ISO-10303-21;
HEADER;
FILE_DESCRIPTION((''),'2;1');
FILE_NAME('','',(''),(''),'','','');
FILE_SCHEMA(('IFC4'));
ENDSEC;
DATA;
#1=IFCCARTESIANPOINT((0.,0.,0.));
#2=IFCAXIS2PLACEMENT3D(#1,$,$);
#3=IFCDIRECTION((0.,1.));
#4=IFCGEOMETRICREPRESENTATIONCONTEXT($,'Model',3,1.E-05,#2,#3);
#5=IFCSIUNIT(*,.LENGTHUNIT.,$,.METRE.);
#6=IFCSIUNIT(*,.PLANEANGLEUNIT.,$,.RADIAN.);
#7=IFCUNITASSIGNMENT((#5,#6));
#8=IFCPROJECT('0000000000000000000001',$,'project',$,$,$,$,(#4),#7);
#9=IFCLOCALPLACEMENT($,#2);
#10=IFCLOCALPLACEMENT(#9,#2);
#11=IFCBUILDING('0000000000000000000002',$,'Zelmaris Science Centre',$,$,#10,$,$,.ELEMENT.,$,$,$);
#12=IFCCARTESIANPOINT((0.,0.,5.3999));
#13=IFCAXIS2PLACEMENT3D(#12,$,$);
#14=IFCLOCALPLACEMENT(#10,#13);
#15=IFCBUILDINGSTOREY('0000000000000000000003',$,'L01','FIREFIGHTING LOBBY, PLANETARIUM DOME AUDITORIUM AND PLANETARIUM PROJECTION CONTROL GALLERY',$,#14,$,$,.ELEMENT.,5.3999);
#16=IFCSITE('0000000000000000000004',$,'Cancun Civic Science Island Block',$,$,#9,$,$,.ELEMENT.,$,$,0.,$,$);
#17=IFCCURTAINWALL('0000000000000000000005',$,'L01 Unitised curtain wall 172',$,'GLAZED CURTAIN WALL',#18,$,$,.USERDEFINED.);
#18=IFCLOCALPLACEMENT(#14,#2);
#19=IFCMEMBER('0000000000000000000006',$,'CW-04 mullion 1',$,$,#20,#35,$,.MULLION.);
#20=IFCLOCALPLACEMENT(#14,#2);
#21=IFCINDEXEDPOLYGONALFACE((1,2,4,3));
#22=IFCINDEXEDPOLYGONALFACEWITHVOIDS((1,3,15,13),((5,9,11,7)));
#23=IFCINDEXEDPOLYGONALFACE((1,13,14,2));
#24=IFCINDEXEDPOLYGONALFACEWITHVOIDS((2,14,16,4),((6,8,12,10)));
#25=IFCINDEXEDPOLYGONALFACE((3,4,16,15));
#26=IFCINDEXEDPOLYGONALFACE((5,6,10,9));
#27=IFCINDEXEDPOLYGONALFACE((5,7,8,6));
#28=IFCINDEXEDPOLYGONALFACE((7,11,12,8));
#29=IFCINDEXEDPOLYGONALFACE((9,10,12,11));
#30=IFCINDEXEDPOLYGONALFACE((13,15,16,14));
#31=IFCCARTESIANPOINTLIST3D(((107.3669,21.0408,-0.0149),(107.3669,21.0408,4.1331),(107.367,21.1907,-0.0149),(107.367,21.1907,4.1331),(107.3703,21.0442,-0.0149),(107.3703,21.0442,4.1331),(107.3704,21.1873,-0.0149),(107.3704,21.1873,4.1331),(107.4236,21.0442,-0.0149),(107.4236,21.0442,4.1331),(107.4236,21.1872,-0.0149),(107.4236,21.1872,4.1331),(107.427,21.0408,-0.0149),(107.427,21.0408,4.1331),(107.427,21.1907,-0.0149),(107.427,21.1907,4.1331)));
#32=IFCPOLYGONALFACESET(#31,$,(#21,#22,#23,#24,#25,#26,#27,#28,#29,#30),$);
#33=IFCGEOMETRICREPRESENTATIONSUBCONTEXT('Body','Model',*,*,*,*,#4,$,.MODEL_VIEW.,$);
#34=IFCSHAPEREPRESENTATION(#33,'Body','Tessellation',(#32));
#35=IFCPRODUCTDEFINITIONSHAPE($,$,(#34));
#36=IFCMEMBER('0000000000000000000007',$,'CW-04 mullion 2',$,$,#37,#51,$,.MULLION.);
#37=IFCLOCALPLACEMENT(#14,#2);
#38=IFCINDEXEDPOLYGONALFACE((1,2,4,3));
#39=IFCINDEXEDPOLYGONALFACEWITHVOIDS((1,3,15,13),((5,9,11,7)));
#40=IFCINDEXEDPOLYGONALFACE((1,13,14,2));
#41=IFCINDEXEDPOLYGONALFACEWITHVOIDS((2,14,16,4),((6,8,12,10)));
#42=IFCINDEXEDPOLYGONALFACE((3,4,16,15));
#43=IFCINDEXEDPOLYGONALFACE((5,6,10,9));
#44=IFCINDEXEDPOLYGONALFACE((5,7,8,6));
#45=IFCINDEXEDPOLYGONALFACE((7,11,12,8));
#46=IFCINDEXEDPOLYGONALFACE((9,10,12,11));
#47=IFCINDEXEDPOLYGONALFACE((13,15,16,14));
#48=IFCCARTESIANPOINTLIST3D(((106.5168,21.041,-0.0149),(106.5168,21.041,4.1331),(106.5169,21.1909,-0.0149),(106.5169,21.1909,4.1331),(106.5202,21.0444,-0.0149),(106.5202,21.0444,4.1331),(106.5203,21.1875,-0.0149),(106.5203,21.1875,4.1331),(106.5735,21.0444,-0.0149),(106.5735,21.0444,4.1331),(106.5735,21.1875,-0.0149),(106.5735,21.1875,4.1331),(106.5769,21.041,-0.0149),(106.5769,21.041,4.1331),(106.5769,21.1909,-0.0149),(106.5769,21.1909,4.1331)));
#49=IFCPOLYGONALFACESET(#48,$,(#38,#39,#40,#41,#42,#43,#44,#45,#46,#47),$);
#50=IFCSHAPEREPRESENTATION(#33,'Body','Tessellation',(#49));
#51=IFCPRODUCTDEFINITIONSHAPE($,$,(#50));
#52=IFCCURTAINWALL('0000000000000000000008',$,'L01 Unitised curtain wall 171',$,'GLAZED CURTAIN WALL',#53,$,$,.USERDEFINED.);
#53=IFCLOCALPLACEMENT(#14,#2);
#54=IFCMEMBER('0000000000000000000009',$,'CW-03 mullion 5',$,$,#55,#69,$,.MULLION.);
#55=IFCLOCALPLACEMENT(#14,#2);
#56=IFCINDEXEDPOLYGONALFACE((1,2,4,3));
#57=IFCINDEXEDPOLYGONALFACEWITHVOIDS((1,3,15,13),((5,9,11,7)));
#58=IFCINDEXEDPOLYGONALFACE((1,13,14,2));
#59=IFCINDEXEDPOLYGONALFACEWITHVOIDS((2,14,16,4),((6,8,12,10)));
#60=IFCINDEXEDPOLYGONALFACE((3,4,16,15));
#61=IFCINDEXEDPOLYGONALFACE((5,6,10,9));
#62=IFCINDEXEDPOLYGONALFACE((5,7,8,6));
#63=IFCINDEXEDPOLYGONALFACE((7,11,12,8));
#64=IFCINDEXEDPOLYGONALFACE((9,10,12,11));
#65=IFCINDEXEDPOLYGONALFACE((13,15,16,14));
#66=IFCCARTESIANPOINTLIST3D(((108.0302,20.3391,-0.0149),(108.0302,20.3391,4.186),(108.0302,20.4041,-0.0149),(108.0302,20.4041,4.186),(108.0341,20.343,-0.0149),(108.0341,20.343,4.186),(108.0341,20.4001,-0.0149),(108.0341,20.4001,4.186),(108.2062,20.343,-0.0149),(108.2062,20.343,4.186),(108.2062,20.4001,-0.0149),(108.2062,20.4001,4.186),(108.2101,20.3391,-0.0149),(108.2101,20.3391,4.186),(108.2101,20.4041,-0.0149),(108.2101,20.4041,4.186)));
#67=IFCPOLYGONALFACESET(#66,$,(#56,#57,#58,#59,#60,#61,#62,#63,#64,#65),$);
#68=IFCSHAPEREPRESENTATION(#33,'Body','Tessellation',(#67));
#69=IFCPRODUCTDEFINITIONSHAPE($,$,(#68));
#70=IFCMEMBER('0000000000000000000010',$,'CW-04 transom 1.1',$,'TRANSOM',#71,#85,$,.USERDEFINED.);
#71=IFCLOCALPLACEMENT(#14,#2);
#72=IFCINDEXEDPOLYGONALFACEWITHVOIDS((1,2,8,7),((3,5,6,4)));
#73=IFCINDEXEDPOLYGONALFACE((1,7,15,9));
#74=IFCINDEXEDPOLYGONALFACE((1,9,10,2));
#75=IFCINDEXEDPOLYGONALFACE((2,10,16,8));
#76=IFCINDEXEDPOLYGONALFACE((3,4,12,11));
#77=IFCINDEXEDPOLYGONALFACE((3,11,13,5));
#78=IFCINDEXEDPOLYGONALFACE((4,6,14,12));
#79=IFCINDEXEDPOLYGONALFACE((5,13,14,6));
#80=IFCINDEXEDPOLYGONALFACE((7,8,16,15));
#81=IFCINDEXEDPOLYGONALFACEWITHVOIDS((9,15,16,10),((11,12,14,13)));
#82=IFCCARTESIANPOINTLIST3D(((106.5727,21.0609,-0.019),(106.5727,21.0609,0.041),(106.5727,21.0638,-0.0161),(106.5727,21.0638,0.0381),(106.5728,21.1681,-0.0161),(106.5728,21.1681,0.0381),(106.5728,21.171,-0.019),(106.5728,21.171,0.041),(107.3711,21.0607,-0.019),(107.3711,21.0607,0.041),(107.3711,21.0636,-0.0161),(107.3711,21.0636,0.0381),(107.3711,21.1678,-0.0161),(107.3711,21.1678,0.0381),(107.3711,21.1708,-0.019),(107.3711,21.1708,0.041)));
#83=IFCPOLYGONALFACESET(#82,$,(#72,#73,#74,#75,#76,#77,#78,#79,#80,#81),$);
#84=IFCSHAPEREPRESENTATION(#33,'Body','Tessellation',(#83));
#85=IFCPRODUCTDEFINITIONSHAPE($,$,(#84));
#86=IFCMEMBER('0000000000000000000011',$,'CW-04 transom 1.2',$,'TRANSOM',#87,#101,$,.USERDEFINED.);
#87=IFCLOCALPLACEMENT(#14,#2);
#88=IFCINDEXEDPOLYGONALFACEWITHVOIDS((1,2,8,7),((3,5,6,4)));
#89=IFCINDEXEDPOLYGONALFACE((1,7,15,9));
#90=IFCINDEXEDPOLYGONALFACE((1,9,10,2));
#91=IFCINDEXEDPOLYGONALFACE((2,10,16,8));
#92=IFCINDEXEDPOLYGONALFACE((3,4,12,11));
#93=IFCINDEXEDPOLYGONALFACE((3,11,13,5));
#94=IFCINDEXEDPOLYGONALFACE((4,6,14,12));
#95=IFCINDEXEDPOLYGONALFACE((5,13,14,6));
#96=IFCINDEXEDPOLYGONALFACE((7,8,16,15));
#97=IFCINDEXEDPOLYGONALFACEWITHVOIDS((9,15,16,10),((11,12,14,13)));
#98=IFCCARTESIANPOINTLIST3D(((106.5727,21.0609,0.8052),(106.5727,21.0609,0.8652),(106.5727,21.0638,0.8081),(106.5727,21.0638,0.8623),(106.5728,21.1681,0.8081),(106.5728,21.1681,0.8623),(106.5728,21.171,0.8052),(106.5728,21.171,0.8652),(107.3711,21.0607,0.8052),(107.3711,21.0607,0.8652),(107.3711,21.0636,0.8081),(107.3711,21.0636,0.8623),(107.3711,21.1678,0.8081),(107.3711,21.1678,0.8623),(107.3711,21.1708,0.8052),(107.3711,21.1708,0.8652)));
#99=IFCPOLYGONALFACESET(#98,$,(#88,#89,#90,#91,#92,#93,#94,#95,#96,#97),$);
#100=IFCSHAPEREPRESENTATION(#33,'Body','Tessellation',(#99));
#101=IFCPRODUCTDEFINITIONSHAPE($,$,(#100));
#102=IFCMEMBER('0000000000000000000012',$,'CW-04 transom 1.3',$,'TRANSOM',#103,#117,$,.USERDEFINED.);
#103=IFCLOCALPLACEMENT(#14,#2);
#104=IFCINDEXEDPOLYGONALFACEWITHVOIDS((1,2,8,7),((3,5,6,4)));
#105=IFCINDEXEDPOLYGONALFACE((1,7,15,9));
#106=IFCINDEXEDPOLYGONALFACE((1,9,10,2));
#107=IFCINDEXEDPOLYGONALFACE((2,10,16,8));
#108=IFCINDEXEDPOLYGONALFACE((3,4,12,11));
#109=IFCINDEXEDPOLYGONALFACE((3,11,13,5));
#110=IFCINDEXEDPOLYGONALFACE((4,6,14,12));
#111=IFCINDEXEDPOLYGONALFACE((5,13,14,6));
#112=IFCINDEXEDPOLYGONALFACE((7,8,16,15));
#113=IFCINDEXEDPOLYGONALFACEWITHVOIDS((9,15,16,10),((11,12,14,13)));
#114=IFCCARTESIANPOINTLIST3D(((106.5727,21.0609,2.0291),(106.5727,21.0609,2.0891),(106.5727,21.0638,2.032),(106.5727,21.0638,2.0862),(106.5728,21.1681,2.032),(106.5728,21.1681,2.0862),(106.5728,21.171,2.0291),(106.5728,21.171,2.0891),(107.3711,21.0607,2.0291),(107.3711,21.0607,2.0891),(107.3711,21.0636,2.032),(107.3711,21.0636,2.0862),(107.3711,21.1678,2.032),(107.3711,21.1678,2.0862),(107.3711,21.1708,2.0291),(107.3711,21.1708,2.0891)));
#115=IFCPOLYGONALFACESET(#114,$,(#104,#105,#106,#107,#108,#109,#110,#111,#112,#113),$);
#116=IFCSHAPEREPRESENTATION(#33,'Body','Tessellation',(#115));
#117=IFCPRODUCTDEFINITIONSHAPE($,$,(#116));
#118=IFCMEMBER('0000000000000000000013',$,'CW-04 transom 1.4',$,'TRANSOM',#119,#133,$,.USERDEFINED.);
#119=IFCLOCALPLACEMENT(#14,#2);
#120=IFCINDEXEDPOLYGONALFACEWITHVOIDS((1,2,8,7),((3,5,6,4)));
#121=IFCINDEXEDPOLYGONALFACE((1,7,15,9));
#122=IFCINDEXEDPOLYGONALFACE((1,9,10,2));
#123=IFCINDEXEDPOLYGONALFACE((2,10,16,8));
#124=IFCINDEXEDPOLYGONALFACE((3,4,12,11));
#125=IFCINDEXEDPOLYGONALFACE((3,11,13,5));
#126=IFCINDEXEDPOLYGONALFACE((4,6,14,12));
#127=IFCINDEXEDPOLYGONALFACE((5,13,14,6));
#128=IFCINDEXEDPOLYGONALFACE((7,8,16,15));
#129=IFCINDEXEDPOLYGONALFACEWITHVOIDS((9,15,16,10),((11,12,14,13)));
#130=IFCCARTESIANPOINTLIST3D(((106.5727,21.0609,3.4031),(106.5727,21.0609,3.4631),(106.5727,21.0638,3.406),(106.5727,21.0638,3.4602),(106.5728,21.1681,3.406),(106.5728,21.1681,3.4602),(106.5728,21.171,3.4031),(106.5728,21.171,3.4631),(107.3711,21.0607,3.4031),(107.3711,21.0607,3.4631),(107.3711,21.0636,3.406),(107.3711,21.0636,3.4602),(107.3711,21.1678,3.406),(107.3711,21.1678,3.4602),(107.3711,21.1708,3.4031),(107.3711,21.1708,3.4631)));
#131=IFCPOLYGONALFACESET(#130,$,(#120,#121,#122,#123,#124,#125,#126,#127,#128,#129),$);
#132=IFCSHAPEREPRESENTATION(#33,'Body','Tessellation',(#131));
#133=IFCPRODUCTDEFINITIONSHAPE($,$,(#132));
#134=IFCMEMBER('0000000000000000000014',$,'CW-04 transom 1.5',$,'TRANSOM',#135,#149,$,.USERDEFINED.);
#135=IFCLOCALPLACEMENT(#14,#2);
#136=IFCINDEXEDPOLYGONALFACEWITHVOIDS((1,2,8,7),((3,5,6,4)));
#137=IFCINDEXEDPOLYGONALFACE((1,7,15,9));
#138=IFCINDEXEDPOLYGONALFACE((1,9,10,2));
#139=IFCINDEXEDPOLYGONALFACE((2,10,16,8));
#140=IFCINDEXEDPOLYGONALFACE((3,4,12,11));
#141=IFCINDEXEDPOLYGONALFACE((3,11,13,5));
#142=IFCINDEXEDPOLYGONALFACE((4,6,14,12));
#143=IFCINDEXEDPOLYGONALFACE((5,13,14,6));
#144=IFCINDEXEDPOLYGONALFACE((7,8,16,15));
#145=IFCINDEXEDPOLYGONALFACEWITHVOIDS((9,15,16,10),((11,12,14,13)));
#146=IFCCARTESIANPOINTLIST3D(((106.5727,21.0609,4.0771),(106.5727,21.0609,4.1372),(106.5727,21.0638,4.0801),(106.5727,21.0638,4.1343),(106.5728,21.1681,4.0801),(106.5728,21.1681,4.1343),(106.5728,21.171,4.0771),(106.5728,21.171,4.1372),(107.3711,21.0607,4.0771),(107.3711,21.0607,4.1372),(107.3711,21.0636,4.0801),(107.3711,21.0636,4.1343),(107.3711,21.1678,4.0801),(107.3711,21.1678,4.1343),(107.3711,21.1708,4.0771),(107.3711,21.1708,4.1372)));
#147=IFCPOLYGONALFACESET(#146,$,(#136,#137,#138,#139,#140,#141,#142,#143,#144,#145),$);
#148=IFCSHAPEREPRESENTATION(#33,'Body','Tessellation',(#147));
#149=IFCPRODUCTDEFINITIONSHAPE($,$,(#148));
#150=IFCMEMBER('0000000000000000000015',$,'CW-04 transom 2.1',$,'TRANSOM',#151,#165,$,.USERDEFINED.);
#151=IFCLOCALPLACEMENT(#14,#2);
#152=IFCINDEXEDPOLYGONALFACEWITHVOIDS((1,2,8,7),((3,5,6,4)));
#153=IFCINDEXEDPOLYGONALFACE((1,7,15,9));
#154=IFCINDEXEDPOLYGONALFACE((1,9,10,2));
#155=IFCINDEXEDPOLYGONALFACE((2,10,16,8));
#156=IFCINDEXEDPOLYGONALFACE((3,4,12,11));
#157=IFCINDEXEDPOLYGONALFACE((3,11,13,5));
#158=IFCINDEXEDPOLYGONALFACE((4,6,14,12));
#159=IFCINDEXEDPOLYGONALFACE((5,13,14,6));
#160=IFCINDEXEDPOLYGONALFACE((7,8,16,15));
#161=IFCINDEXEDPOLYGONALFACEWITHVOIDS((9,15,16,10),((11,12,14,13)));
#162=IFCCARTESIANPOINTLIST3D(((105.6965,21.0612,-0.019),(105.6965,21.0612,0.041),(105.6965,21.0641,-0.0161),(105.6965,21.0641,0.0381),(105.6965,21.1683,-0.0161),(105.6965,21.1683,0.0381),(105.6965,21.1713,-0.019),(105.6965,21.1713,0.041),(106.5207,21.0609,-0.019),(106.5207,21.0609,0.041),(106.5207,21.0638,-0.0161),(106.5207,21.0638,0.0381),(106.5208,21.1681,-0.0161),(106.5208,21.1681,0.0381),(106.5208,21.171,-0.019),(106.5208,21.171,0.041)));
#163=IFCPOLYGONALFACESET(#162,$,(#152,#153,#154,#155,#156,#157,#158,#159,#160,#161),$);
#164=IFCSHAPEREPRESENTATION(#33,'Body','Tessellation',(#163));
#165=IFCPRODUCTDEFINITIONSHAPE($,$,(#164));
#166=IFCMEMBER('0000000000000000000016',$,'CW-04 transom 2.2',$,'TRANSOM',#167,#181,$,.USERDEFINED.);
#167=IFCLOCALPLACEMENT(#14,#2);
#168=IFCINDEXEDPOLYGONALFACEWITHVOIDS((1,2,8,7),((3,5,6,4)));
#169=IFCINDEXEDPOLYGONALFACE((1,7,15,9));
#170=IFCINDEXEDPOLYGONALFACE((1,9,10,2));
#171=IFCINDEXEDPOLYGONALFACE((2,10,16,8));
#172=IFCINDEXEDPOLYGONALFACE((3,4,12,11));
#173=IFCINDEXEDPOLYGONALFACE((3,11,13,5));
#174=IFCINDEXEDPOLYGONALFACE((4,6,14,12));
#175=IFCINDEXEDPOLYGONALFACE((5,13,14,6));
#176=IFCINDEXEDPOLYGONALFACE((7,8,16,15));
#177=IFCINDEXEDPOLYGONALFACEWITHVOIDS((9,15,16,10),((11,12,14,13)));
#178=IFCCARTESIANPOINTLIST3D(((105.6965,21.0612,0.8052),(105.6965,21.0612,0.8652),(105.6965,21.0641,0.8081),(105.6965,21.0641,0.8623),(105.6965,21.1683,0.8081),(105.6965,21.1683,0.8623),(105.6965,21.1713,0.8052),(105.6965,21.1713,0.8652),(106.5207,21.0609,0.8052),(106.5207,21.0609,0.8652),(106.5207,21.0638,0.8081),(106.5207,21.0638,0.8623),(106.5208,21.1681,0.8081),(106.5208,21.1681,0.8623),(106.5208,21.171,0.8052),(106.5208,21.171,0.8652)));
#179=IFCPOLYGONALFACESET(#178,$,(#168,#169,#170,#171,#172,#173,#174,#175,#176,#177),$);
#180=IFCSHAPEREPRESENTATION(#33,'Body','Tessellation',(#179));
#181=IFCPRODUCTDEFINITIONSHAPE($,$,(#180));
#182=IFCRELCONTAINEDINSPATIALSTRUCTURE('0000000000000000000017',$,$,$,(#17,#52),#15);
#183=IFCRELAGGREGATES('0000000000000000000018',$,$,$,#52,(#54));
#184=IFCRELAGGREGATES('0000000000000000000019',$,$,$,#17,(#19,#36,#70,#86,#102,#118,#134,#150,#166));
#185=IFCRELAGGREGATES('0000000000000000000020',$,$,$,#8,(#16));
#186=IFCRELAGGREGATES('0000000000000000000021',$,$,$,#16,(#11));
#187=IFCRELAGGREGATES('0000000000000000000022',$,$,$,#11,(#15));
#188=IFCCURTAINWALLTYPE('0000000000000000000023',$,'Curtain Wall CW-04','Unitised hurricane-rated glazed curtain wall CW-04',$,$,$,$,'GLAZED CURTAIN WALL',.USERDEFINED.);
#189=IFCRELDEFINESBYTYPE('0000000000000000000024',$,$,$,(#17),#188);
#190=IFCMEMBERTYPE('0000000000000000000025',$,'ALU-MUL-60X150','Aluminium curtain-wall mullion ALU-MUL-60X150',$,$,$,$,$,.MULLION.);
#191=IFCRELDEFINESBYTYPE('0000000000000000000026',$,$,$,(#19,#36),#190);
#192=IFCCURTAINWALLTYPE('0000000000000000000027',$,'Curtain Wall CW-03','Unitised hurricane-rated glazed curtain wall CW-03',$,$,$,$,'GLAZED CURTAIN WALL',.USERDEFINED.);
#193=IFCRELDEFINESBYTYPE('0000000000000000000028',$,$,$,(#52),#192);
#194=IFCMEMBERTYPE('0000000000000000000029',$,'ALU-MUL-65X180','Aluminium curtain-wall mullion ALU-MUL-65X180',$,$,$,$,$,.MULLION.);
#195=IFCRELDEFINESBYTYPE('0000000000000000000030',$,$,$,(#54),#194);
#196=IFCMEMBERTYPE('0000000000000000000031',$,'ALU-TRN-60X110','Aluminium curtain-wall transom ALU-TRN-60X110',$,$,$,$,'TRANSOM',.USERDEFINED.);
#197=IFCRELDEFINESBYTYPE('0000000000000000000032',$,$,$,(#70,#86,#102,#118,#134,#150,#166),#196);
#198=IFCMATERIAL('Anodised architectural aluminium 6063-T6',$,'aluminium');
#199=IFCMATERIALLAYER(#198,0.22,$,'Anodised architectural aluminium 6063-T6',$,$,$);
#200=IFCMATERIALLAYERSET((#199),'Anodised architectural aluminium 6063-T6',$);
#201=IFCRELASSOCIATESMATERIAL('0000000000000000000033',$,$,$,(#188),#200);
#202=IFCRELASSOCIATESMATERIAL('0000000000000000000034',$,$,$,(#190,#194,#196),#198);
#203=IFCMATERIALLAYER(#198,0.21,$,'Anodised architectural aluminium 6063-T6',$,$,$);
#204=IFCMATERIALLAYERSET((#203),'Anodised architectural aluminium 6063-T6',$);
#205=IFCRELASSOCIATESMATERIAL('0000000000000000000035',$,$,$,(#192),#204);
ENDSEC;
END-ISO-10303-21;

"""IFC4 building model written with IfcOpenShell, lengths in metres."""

from ifc_helpers import new_model, si_unit, direction, frame, origin, origin_2d, place, context, subcontext, project, spatial, hollow_rectangle, extrude, material, layer, layer_set, material_profile, profile_set, type_object, element, aggregate, save


model = new_model("IFC4")

# Units and contexts
model_context = context("Model", 3, precision=1e-05, world=origin(), true_north=direction((0.0, 1.0)))
body_context = subcontext(model_context, "Body", "Model", "MODEL_VIEW")
ifc_project = project(units=[si_unit("LENGTHUNIT", "METRE"), si_unit("PLANEANGLEUNIT", "RADIAN")], contexts=[model_context])

# Site, building, storey
site_placement = place(None, origin())
site = spatial("IfcSite", under=ifc_project, at=site_placement, Name="Cancun Civic Science Island Block", CompositionType="ELEMENT", RefElevation=0.0)
building_placement = place(site_placement, origin())
building = spatial("IfcBuilding", under=site, at=building_placement, Name="Zelmaris Science Centre", CompositionType="ELEMENT")
storey_placement = place(building_placement, frame((0.0, 0.0, 5.3999)))
storey = spatial("IfcBuildingStorey", under=building, at=storey_placement, Name="L01", Description="FIREFIGHTING LOBBY, PLANETARIUM DOME AUDITORIUM AND PLANETARIUM PROJECTION CONTROL GALLERY", CompositionType="ELEMENT", Elevation=5.3999)

# Curtain wall, members
ifc_material_1 = material(Name="Anodised architectural aluminium 6063-T6", Category="aluminium")
ifc_layer_1 = layer(ifc_material_1, 0.22, Name="Anodised architectural aluminium 6063-T6")
ifc_layer_set_1 = layer_set([ifc_layer_1], Name="Anodised architectural aluminium 6063-T6")
curtain_wall_type_1 = type_object("IfcCurtainWallType", Name="Curtain Wall CW-04", Description="Unitised hurricane-rated glazed curtain wall CW-04", ElementType="GLAZED CURTAIN WALL", PredefinedType="USERDEFINED", material=ifc_layer_set_1)
curtain_wall_1_placement = place(storey_placement, origin())
curtain_wall_1 = element("IfcCurtainWall", 1, at=curtain_wall_1_placement, inside=storey, type_object=curtain_wall_type_1, Name="L01 Unitised curtain wall 172", ObjectType="GLAZED CURTAIN WALL", PredefinedType="USERDEFINED")
ifc_material_profile_1 = material_profile(ifc_material_1, hollow_rectangle(XDim=0.0601, YDim=0.1499, WallThickness=0.0034, at=origin_2d()), Name="ALU-MUL-60X150")
ifc_profile_set_1 = profile_set([ifc_material_profile_1], Name="Anodised architectural aluminium 6063-T6")
member_type_1 = type_object("IfcMemberType", Name="ALU-MUL-60X150", Description="Aluminium curtain-wall mullion ALU-MUL-60X150", PredefinedType="MULLION", material=ifc_profile_set_1)
member_1_placement = place(storey_placement, frame((107.397, 21.1157, -0.0149), z_axis=(0.0, 0.0, 1.0), x_axis=(-1.0, 0.000321, 0.0)))
member_1 = element("IfcMember", 2, at=member_1_placement, type_object=member_type_1, Name="CW-04 mullion 1", PredefinedType="MULLION", context=body_context, shape_type="SweptSolid", body=[
    extrude(hollow_rectangle(XDim=0.0601, YDim=0.1499, WallThickness=0.0034, at=origin_2d()), origin(), (0.0, 0.0, 1.0), 4.1479),
])
member_2_placement = place(storey_placement, frame((106.5469, 21.116, -0.0149), z_axis=(0.0, 0.0, 1.0), x_axis=(-1.0, 0.000321, 0.0)))
member_2 = element("IfcMember", 3, at=member_2_placement, type_object=member_type_1, Name="CW-04 mullion 2", PredefinedType="MULLION", context=body_context, shape_type="SweptSolid", body=[
    extrude(hollow_rectangle(XDim=0.0601, YDim=0.1499, WallThickness=0.0034, at=origin_2d()), origin(), (0.0, 0.0, 1.0), 4.1479),
])

# Curtain wall, member
ifc_layer_2 = layer(ifc_material_1, 0.21, Name="Anodised architectural aluminium 6063-T6")
ifc_layer_set_2 = layer_set([ifc_layer_2], Name="Anodised architectural aluminium 6063-T6")
curtain_wall_type_2 = type_object("IfcCurtainWallType", Name="Curtain Wall CW-03", Description="Unitised hurricane-rated glazed curtain wall CW-03", ElementType="GLAZED CURTAIN WALL", PredefinedType="USERDEFINED", material=ifc_layer_set_2)
curtain_wall_2_placement = place(storey_placement, origin())
curtain_wall_2 = element("IfcCurtainWall", 4, at=curtain_wall_2_placement, inside=storey, type_object=curtain_wall_type_2, Name="L01 Unitised curtain wall 171", ObjectType="GLAZED CURTAIN WALL", PredefinedType="USERDEFINED")
ifc_material_profile_2 = material_profile(ifc_material_1, hollow_rectangle(XDim=0.0649, YDim=0.1799, WallThickness=0.0039, at=origin_2d()), Name="ALU-MUL-65X180")
ifc_profile_set_2 = profile_set([ifc_material_profile_2], Name="Anodised architectural aluminium 6063-T6")
member_type_2 = type_object("IfcMemberType", Name="ALU-MUL-65X180", Description="Aluminium curtain-wall mullion ALU-MUL-65X180", PredefinedType="MULLION", material=ifc_profile_set_2)
member_3_placement = place(storey_placement, frame((108.1201, 20.3716, -0.0149), z_axis=(0.0, 0.0, 1.0), x_axis=(-0.000005, 1.0, 0.0)))
member_3 = element("IfcMember", 5, at=member_3_placement, type_object=member_type_2, Name="CW-03 mullion 5", PredefinedType="MULLION", context=body_context, shape_type="SweptSolid", body=[
    extrude(hollow_rectangle(XDim=0.0649, YDim=0.1799, WallThickness=0.0039, at=origin_2d()), origin(), (0.0, 0.0, 1.0), 4.2009),
])
aggregate(curtain_wall_2, [member_3])

# Members
ifc_material_profile_3 = material_profile(ifc_material_1, hollow_rectangle(XDim=0.0601, YDim=0.1101, WallThickness=0.0029, at=origin_2d()), Name="ALU-TRN-60X110")
ifc_profile_set_3 = profile_set([ifc_material_profile_3], Name="Anodised architectural aluminium 6063-T6")
member_type_3 = type_object("IfcMemberType", Name="ALU-TRN-60X110", Description="Aluminium curtain-wall transom ALU-TRN-60X110", ElementType="TRANSOM", PredefinedType="USERDEFINED", material=ifc_profile_set_3)
member_4_placement = place(storey_placement, frame((107.3711, 21.1157, 0.011), z_axis=(-1.0, 0.000306, 0.0), x_axis=(0.0, 0.0, 1.0)))
member_4 = element("IfcMember", 6, at=member_4_placement, type_object=member_type_3, Name="CW-04 transom 1.1", ObjectType="TRANSOM", PredefinedType="USERDEFINED", context=body_context, shape_type="SweptSolid", body=[
    extrude(hollow_rectangle(XDim=0.0601, YDim=0.1101, WallThickness=0.0029, at=origin_2d()), origin(), (0.0, 0.0, 1.0), 0.7983),
])
member_5_placement = place(storey_placement, frame((107.3711, 21.1157, 0.8352), z_axis=(-1.0, 0.000306, 0.0), x_axis=(0.0, 0.0, 1.0)))
member_5 = element("IfcMember", 7, at=member_5_placement, type_object=member_type_3, Name="CW-04 transom 1.2", ObjectType="TRANSOM", PredefinedType="USERDEFINED", context=body_context, shape_type="SweptSolid", body=[
    extrude(hollow_rectangle(XDim=0.0601, YDim=0.1101, WallThickness=0.0029, at=origin_2d()), origin(), (0.0, 0.0, 1.0), 0.7983),
])
member_6_placement = place(storey_placement, frame((107.3711, 21.1157, 2.0591), z_axis=(-1.0, 0.000306, 0.0), x_axis=(0.0, 0.0, 1.0)))
member_6 = element("IfcMember", 8, at=member_6_placement, type_object=member_type_3, Name="CW-04 transom 1.3", ObjectType="TRANSOM", PredefinedType="USERDEFINED", context=body_context, shape_type="SweptSolid", body=[
    extrude(hollow_rectangle(XDim=0.0601, YDim=0.1101, WallThickness=0.0029, at=origin_2d()), origin(), (0.0, 0.0, 1.0), 0.7983),
])
member_7_placement = place(storey_placement, frame((107.3711, 21.1157, 3.4331), z_axis=(-1.0, 0.000306, 0.0), x_axis=(0.0, 0.0, 1.0)))
member_7 = element("IfcMember", 9, at=member_7_placement, type_object=member_type_3, Name="CW-04 transom 1.4", ObjectType="TRANSOM", PredefinedType="USERDEFINED", context=body_context, shape_type="SweptSolid", body=[
    extrude(hollow_rectangle(XDim=0.0601, YDim=0.1101, WallThickness=0.0029, at=origin_2d()), origin(), (0.0, 0.0, 1.0), 0.7983),
])
member_8_placement = place(storey_placement, frame((107.3711, 21.1157, 4.1072), z_axis=(-1.0, 0.000306, 0.0), x_axis=(0.0, 0.0, 1.0)))
member_8 = element("IfcMember", 10, at=member_8_placement, type_object=member_type_3, Name="CW-04 transom 1.5", ObjectType="TRANSOM", PredefinedType="USERDEFINED", context=body_context, shape_type="SweptSolid", body=[
    extrude(hollow_rectangle(XDim=0.0601, YDim=0.1101, WallThickness=0.0029, at=origin_2d()), origin(), (0.0, 0.0, 1.0), 0.7983),
])
member_9_placement = place(storey_placement, frame((106.5208, 21.116, 0.011), z_axis=(-1.0, 0.000296, 0.0), x_axis=(0.0, 0.0, 1.0)))
member_9 = element("IfcMember", 11, at=member_9_placement, type_object=member_type_3, Name="CW-04 transom 2.1", ObjectType="TRANSOM", PredefinedType="USERDEFINED", context=body_context, shape_type="SweptSolid", body=[
    extrude(hollow_rectangle(XDim=0.0601, YDim=0.1101, WallThickness=0.0029, at=origin_2d()), origin(), (0.0, 0.0, 1.0), 0.8242),
])
member_10_placement = place(storey_placement, frame((106.5208, 21.116, 0.8352), z_axis=(-1.0, 0.000296, 0.0), x_axis=(0.0, 0.0, 1.0)))
member_10 = element("IfcMember", 12, at=member_10_placement, type_object=member_type_3, Name="CW-04 transom 2.2", ObjectType="TRANSOM", PredefinedType="USERDEFINED", context=body_context, shape_type="SweptSolid", body=[
    extrude(hollow_rectangle(XDim=0.0601, YDim=0.1101, WallThickness=0.0029, at=origin_2d()), origin(), (0.0, 0.0, 1.0), 0.8242),
])

aggregate(curtain_wall_1, [member_1, member_2, member_4, member_5, member_6, member_7, member_8, member_9, member_10])

save(model, "model.ifc")
